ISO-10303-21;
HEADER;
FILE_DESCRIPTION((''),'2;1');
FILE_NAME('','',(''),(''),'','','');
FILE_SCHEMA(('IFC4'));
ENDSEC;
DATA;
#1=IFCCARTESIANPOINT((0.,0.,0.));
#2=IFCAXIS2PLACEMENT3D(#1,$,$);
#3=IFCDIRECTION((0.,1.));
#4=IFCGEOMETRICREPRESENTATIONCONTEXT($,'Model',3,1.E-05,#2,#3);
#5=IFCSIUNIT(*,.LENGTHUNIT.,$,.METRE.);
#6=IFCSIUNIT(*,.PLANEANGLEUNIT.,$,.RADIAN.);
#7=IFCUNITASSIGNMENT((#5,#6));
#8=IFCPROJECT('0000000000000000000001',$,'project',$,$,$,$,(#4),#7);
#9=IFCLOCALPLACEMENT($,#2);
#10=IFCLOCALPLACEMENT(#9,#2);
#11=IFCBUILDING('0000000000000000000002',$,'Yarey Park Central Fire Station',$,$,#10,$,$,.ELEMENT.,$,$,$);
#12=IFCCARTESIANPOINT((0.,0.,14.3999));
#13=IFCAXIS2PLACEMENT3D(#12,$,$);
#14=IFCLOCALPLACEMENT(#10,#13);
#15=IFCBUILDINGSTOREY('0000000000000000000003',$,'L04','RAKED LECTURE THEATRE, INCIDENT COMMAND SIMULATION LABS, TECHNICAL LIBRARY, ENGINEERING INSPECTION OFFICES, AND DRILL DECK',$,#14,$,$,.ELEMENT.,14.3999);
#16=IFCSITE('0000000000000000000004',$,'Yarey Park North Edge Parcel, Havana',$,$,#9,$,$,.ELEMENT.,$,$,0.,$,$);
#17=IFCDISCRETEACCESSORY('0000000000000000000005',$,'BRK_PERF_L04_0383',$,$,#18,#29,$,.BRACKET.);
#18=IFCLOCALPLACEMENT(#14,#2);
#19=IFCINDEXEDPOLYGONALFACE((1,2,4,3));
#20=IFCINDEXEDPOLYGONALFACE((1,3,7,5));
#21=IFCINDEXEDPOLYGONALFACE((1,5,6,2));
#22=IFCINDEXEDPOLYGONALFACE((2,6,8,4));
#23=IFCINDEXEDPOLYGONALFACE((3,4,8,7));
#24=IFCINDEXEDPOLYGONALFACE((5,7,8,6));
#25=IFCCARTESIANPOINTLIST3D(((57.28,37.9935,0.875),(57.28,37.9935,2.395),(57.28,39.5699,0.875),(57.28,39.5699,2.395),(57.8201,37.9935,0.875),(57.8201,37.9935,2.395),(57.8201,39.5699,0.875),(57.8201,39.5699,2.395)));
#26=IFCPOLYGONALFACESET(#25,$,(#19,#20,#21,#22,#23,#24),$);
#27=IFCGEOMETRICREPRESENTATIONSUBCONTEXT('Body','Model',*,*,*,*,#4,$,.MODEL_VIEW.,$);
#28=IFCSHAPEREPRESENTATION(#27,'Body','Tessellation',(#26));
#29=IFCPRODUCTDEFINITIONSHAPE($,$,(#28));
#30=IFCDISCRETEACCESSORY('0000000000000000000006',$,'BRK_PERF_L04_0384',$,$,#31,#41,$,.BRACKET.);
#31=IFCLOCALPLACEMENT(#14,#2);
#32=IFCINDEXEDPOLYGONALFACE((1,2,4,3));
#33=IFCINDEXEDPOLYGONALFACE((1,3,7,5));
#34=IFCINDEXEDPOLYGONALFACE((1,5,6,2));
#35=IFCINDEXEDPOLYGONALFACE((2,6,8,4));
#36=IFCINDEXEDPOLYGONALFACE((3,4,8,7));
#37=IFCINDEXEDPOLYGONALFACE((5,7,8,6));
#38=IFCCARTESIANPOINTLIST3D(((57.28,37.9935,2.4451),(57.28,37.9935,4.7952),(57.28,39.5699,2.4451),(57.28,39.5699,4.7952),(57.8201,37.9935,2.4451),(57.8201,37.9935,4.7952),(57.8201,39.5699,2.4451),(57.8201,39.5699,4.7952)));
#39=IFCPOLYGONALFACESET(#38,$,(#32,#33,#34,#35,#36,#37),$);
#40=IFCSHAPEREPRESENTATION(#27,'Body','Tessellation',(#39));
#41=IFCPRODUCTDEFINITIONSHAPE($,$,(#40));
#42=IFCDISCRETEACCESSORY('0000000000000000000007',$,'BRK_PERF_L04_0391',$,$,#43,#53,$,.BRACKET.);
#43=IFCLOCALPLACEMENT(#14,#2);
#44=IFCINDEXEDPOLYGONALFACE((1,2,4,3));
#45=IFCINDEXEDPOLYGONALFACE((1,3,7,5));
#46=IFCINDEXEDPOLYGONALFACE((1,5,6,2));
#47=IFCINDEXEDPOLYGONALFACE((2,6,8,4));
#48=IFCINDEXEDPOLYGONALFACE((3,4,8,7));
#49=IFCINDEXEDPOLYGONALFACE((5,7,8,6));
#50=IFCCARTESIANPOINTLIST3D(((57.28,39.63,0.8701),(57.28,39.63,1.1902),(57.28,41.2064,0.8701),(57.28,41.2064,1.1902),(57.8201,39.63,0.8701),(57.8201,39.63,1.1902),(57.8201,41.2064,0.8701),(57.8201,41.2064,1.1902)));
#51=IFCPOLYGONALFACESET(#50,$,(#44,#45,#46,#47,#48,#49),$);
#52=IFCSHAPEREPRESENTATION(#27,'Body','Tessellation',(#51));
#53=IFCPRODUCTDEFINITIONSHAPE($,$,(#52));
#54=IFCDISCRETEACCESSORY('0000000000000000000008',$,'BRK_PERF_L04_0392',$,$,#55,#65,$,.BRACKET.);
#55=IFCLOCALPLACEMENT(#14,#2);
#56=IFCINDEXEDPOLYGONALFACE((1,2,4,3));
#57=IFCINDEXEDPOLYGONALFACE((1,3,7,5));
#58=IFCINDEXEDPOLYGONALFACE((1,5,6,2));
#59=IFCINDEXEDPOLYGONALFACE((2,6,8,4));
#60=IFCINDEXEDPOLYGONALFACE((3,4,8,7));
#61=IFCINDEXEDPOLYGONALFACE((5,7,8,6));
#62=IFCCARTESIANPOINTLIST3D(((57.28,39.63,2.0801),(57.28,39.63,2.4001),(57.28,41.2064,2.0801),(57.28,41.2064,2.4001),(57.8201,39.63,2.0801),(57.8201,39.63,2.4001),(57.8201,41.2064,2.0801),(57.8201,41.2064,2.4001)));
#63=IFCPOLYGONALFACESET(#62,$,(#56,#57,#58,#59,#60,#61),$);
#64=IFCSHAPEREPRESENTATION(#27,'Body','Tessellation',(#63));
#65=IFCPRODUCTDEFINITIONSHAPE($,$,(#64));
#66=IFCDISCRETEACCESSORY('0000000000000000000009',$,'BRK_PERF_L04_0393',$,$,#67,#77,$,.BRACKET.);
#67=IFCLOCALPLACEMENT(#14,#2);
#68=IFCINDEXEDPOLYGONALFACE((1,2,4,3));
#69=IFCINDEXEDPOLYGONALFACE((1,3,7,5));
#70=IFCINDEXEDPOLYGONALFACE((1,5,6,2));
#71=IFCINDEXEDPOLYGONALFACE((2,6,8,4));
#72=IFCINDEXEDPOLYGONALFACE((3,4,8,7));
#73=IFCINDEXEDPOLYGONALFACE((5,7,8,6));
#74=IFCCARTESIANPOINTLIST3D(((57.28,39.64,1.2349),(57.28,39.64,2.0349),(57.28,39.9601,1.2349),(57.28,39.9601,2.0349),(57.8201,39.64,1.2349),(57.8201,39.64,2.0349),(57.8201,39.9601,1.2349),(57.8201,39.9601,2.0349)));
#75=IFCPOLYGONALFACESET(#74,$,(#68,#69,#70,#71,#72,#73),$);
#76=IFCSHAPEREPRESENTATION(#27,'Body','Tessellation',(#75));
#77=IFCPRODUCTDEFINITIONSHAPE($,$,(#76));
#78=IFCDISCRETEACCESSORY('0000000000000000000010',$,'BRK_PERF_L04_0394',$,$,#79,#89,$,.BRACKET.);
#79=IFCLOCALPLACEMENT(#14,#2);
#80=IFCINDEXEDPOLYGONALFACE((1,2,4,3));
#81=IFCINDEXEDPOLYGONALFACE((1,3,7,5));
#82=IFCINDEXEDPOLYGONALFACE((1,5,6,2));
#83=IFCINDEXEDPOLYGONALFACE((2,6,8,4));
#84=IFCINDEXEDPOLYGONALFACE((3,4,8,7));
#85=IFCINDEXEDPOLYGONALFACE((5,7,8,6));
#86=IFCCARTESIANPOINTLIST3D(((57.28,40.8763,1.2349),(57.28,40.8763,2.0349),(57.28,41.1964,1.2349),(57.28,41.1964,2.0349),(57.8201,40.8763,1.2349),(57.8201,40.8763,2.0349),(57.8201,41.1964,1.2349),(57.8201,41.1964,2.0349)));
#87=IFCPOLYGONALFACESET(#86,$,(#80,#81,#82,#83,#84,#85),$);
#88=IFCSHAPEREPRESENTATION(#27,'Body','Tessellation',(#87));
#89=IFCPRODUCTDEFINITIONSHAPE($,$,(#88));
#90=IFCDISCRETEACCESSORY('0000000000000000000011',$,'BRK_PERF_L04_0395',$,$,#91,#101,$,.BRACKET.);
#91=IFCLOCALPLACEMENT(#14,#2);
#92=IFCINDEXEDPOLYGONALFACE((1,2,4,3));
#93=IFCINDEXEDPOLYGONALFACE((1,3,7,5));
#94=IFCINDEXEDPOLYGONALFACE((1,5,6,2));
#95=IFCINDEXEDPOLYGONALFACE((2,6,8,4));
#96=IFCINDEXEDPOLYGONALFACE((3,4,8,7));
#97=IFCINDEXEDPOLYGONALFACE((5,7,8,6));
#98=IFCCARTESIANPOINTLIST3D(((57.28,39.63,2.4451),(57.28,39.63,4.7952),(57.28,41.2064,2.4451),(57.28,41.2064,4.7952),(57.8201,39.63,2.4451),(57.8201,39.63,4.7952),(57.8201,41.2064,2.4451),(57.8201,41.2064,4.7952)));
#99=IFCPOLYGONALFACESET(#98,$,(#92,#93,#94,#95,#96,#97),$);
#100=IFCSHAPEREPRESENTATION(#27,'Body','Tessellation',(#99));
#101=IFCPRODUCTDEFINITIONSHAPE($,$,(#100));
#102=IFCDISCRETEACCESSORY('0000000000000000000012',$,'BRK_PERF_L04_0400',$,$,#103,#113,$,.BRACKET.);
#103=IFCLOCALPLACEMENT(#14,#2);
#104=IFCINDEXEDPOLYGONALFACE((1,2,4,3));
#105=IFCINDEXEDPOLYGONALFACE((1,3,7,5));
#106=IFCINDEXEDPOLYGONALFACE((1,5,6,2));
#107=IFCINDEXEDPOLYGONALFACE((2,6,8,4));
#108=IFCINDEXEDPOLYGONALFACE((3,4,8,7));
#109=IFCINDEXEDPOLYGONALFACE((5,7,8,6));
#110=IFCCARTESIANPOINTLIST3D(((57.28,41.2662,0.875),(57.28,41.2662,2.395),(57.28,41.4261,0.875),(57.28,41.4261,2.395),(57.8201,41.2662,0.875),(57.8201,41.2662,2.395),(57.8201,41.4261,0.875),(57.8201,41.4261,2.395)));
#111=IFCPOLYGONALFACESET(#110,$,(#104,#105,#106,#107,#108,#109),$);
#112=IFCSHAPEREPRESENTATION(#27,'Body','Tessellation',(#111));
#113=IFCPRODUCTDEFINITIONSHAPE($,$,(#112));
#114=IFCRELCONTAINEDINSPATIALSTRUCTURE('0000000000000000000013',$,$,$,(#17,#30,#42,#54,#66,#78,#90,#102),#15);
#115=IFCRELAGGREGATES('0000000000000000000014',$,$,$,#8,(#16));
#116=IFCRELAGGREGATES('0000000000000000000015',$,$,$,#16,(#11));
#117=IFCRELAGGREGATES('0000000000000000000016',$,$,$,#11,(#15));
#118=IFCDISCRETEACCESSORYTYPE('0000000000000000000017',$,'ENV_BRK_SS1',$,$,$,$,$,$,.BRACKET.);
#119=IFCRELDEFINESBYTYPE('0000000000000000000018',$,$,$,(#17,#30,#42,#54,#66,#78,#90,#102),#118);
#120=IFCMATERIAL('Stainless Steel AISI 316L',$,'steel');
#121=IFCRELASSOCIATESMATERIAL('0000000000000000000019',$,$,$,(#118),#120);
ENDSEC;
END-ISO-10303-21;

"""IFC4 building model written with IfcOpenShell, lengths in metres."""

from ifc_helpers import new_model, si_unit, direction, frame, origin, origin_2d, place, context, subcontext, project, spatial, rectangle, extrude, material, type_object, element, save


model = new_model("IFC4")

# Units and contexts
model_context = context("Model", 3, precision=1e-05, world=origin(), true_north=direction((0.0, 1.0)))
body_context = subcontext(model_context, "Body", "Model", "MODEL_VIEW")
ifc_project = project(units=[si_unit("LENGTHUNIT", "METRE"), si_unit("PLANEANGLEUNIT", "RADIAN")], contexts=[model_context])

# Site, building, storey
site_placement = place(None, origin())
site = spatial("IfcSite", under=ifc_project, at=site_placement, Name="Yarey Park North Edge Parcel, Havana", CompositionType="ELEMENT", RefElevation=0.0)
building_placement = place(site_placement, origin())
building = spatial("IfcBuilding", under=site, at=building_placement, Name="Yarey Park Central Fire Station", CompositionType="ELEMENT")
storey_placement = place(building_placement, frame((0.0, 0.0, 14.3999)))
storey = spatial("IfcBuildingStorey", under=building, at=storey_placement, Name="L04", Description="RAKED LECTURE THEATRE, INCIDENT COMMAND SIMULATION LABS, TECHNICAL LIBRARY, ENGINEERING INSPECTION OFFICES, AND DRILL DECK", CompositionType="ELEMENT", Elevation=14.3999)

# Discrete accessories
ifc_material_1 = material(Name="Stainless Steel AISI 316L", Category="steel")
discrete_accessory_type = type_object("IfcDiscreteAccessoryType", Name="ENV_BRK_SS1", PredefinedType="BRACKET", material=ifc_material_1)
discrete_accessory_1_placement = place(storey_placement, frame((57.55, 38.7817, 0.875), z_axis=(0.0, 0.0, 1.0), x_axis=(1.0, 0.0, 0.0)))
element("IfcDiscreteAccessory", 1, at=discrete_accessory_1_placement, inside=storey, type_object=discrete_accessory_type, Name="BRK_PERF_L04_0383", PredefinedType="BRACKET", context=body_context, shape_type="SweptSolid", body=[
    extrude(rectangle(XDim=0.54, YDim=1.5764, at=origin_2d()), origin(), (0.0, 0.0, 1.0), 1.52),
])
discrete_accessory_2_placement = place(storey_placement, frame((57.55, 38.7817, 2.4451), z_axis=(0.0, 0.0, 1.0), x_axis=(1.0, 0.0, 0.0)))
element("IfcDiscreteAccessory", 2, at=discrete_accessory_2_placement, inside=storey, type_object=discrete_accessory_type, Name="BRK_PERF_L04_0384", PredefinedType="BRACKET", context=body_context, shape_type="SweptSolid", body=[
    extrude(rectangle(XDim=0.54, YDim=1.5764, at=origin_2d()), origin(), (0.0, 0.0, 1.0), 2.3501),
])
for number, where, z_axis, x_axis, name in (
    (3, (57.55, 40.4182, 0.8701), (0.0, 0.0, 1.0), (1.0, 0.0, 0.0), "BRK_PERF_L04_0391"),
    (4, (57.55, 40.4182, 2.0801), (0.0, 0.0, 1.0), (1.0, 0.0, 0.0), "BRK_PERF_L04_0392"),
):
    element("IfcDiscreteAccessory", number, at=place(storey_placement, frame(where, z_axis=z_axis, x_axis=x_axis)), inside=storey, type_object=discrete_accessory_type, Name=name, PredefinedType="BRACKET", context=body_context, shape_type="SweptSolid", body=[
        extrude(rectangle(XDim=0.54, YDim=1.5764, at=origin_2d()), origin(), (0.0, 0.0, 1.0), 0.3201),
    ])
for number, where, z_axis, x_axis, name in (
    (5, (57.55, 39.8, 1.2349), (0.0, 0.0, 1.0), (1.0, 0.0, 0.0), "BRK_PERF_L04_0393"),
    (6, (57.55, 41.0364, 1.2349), (0.0, 0.0, 1.0), (1.0, 0.0, 0.0), "BRK_PERF_L04_0394"),
):
    element("IfcDiscreteAccessory", number, at=place(storey_placement, frame(where, z_axis=z_axis, x_axis=x_axis)), inside=storey, type_object=discrete_accessory_type, Name=name, PredefinedType="BRACKET", context=body_context, shape_type="SweptSolid", body=[
        extrude(rectangle(XDim=0.54, YDim=0.3201, at=origin_2d()), origin(), (0.0, 0.0, 1.0), 0.8),
    ])
discrete_accessory_3_placement = place(storey_placement, frame((57.55, 40.4182, 2.4451), z_axis=(0.0, 0.0, 1.0), x_axis=(1.0, 0.0, 0.0)))
element("IfcDiscreteAccessory", 7, at=discrete_accessory_3_placement, inside=storey, type_object=discrete_accessory_type, Name="BRK_PERF_L04_0395", PredefinedType="BRACKET", context=body_context, shape_type="SweptSolid", body=[
    extrude(rectangle(XDim=0.54, YDim=1.5764, at=origin_2d()), origin(), (0.0, 0.0, 1.0), 2.3501),
])
discrete_accessory_4_placement = place(storey_placement, frame((57.55, 41.3462, 0.875), z_axis=(0.0, 0.0, 1.0), x_axis=(1.0, 0.0, 0.0)))
element("IfcDiscreteAccessory", 8, at=discrete_accessory_4_placement, inside=storey, type_object=discrete_accessory_type, Name="BRK_PERF_L04_0400", PredefinedType="BRACKET", context=body_context, shape_type="SweptSolid", body=[
    extrude(rectangle(XDim=0.54, YDim=0.1599, at=origin_2d()), origin(), (0.0, 0.0, 1.0), 1.52),
])

save(model, "model.ifc")
